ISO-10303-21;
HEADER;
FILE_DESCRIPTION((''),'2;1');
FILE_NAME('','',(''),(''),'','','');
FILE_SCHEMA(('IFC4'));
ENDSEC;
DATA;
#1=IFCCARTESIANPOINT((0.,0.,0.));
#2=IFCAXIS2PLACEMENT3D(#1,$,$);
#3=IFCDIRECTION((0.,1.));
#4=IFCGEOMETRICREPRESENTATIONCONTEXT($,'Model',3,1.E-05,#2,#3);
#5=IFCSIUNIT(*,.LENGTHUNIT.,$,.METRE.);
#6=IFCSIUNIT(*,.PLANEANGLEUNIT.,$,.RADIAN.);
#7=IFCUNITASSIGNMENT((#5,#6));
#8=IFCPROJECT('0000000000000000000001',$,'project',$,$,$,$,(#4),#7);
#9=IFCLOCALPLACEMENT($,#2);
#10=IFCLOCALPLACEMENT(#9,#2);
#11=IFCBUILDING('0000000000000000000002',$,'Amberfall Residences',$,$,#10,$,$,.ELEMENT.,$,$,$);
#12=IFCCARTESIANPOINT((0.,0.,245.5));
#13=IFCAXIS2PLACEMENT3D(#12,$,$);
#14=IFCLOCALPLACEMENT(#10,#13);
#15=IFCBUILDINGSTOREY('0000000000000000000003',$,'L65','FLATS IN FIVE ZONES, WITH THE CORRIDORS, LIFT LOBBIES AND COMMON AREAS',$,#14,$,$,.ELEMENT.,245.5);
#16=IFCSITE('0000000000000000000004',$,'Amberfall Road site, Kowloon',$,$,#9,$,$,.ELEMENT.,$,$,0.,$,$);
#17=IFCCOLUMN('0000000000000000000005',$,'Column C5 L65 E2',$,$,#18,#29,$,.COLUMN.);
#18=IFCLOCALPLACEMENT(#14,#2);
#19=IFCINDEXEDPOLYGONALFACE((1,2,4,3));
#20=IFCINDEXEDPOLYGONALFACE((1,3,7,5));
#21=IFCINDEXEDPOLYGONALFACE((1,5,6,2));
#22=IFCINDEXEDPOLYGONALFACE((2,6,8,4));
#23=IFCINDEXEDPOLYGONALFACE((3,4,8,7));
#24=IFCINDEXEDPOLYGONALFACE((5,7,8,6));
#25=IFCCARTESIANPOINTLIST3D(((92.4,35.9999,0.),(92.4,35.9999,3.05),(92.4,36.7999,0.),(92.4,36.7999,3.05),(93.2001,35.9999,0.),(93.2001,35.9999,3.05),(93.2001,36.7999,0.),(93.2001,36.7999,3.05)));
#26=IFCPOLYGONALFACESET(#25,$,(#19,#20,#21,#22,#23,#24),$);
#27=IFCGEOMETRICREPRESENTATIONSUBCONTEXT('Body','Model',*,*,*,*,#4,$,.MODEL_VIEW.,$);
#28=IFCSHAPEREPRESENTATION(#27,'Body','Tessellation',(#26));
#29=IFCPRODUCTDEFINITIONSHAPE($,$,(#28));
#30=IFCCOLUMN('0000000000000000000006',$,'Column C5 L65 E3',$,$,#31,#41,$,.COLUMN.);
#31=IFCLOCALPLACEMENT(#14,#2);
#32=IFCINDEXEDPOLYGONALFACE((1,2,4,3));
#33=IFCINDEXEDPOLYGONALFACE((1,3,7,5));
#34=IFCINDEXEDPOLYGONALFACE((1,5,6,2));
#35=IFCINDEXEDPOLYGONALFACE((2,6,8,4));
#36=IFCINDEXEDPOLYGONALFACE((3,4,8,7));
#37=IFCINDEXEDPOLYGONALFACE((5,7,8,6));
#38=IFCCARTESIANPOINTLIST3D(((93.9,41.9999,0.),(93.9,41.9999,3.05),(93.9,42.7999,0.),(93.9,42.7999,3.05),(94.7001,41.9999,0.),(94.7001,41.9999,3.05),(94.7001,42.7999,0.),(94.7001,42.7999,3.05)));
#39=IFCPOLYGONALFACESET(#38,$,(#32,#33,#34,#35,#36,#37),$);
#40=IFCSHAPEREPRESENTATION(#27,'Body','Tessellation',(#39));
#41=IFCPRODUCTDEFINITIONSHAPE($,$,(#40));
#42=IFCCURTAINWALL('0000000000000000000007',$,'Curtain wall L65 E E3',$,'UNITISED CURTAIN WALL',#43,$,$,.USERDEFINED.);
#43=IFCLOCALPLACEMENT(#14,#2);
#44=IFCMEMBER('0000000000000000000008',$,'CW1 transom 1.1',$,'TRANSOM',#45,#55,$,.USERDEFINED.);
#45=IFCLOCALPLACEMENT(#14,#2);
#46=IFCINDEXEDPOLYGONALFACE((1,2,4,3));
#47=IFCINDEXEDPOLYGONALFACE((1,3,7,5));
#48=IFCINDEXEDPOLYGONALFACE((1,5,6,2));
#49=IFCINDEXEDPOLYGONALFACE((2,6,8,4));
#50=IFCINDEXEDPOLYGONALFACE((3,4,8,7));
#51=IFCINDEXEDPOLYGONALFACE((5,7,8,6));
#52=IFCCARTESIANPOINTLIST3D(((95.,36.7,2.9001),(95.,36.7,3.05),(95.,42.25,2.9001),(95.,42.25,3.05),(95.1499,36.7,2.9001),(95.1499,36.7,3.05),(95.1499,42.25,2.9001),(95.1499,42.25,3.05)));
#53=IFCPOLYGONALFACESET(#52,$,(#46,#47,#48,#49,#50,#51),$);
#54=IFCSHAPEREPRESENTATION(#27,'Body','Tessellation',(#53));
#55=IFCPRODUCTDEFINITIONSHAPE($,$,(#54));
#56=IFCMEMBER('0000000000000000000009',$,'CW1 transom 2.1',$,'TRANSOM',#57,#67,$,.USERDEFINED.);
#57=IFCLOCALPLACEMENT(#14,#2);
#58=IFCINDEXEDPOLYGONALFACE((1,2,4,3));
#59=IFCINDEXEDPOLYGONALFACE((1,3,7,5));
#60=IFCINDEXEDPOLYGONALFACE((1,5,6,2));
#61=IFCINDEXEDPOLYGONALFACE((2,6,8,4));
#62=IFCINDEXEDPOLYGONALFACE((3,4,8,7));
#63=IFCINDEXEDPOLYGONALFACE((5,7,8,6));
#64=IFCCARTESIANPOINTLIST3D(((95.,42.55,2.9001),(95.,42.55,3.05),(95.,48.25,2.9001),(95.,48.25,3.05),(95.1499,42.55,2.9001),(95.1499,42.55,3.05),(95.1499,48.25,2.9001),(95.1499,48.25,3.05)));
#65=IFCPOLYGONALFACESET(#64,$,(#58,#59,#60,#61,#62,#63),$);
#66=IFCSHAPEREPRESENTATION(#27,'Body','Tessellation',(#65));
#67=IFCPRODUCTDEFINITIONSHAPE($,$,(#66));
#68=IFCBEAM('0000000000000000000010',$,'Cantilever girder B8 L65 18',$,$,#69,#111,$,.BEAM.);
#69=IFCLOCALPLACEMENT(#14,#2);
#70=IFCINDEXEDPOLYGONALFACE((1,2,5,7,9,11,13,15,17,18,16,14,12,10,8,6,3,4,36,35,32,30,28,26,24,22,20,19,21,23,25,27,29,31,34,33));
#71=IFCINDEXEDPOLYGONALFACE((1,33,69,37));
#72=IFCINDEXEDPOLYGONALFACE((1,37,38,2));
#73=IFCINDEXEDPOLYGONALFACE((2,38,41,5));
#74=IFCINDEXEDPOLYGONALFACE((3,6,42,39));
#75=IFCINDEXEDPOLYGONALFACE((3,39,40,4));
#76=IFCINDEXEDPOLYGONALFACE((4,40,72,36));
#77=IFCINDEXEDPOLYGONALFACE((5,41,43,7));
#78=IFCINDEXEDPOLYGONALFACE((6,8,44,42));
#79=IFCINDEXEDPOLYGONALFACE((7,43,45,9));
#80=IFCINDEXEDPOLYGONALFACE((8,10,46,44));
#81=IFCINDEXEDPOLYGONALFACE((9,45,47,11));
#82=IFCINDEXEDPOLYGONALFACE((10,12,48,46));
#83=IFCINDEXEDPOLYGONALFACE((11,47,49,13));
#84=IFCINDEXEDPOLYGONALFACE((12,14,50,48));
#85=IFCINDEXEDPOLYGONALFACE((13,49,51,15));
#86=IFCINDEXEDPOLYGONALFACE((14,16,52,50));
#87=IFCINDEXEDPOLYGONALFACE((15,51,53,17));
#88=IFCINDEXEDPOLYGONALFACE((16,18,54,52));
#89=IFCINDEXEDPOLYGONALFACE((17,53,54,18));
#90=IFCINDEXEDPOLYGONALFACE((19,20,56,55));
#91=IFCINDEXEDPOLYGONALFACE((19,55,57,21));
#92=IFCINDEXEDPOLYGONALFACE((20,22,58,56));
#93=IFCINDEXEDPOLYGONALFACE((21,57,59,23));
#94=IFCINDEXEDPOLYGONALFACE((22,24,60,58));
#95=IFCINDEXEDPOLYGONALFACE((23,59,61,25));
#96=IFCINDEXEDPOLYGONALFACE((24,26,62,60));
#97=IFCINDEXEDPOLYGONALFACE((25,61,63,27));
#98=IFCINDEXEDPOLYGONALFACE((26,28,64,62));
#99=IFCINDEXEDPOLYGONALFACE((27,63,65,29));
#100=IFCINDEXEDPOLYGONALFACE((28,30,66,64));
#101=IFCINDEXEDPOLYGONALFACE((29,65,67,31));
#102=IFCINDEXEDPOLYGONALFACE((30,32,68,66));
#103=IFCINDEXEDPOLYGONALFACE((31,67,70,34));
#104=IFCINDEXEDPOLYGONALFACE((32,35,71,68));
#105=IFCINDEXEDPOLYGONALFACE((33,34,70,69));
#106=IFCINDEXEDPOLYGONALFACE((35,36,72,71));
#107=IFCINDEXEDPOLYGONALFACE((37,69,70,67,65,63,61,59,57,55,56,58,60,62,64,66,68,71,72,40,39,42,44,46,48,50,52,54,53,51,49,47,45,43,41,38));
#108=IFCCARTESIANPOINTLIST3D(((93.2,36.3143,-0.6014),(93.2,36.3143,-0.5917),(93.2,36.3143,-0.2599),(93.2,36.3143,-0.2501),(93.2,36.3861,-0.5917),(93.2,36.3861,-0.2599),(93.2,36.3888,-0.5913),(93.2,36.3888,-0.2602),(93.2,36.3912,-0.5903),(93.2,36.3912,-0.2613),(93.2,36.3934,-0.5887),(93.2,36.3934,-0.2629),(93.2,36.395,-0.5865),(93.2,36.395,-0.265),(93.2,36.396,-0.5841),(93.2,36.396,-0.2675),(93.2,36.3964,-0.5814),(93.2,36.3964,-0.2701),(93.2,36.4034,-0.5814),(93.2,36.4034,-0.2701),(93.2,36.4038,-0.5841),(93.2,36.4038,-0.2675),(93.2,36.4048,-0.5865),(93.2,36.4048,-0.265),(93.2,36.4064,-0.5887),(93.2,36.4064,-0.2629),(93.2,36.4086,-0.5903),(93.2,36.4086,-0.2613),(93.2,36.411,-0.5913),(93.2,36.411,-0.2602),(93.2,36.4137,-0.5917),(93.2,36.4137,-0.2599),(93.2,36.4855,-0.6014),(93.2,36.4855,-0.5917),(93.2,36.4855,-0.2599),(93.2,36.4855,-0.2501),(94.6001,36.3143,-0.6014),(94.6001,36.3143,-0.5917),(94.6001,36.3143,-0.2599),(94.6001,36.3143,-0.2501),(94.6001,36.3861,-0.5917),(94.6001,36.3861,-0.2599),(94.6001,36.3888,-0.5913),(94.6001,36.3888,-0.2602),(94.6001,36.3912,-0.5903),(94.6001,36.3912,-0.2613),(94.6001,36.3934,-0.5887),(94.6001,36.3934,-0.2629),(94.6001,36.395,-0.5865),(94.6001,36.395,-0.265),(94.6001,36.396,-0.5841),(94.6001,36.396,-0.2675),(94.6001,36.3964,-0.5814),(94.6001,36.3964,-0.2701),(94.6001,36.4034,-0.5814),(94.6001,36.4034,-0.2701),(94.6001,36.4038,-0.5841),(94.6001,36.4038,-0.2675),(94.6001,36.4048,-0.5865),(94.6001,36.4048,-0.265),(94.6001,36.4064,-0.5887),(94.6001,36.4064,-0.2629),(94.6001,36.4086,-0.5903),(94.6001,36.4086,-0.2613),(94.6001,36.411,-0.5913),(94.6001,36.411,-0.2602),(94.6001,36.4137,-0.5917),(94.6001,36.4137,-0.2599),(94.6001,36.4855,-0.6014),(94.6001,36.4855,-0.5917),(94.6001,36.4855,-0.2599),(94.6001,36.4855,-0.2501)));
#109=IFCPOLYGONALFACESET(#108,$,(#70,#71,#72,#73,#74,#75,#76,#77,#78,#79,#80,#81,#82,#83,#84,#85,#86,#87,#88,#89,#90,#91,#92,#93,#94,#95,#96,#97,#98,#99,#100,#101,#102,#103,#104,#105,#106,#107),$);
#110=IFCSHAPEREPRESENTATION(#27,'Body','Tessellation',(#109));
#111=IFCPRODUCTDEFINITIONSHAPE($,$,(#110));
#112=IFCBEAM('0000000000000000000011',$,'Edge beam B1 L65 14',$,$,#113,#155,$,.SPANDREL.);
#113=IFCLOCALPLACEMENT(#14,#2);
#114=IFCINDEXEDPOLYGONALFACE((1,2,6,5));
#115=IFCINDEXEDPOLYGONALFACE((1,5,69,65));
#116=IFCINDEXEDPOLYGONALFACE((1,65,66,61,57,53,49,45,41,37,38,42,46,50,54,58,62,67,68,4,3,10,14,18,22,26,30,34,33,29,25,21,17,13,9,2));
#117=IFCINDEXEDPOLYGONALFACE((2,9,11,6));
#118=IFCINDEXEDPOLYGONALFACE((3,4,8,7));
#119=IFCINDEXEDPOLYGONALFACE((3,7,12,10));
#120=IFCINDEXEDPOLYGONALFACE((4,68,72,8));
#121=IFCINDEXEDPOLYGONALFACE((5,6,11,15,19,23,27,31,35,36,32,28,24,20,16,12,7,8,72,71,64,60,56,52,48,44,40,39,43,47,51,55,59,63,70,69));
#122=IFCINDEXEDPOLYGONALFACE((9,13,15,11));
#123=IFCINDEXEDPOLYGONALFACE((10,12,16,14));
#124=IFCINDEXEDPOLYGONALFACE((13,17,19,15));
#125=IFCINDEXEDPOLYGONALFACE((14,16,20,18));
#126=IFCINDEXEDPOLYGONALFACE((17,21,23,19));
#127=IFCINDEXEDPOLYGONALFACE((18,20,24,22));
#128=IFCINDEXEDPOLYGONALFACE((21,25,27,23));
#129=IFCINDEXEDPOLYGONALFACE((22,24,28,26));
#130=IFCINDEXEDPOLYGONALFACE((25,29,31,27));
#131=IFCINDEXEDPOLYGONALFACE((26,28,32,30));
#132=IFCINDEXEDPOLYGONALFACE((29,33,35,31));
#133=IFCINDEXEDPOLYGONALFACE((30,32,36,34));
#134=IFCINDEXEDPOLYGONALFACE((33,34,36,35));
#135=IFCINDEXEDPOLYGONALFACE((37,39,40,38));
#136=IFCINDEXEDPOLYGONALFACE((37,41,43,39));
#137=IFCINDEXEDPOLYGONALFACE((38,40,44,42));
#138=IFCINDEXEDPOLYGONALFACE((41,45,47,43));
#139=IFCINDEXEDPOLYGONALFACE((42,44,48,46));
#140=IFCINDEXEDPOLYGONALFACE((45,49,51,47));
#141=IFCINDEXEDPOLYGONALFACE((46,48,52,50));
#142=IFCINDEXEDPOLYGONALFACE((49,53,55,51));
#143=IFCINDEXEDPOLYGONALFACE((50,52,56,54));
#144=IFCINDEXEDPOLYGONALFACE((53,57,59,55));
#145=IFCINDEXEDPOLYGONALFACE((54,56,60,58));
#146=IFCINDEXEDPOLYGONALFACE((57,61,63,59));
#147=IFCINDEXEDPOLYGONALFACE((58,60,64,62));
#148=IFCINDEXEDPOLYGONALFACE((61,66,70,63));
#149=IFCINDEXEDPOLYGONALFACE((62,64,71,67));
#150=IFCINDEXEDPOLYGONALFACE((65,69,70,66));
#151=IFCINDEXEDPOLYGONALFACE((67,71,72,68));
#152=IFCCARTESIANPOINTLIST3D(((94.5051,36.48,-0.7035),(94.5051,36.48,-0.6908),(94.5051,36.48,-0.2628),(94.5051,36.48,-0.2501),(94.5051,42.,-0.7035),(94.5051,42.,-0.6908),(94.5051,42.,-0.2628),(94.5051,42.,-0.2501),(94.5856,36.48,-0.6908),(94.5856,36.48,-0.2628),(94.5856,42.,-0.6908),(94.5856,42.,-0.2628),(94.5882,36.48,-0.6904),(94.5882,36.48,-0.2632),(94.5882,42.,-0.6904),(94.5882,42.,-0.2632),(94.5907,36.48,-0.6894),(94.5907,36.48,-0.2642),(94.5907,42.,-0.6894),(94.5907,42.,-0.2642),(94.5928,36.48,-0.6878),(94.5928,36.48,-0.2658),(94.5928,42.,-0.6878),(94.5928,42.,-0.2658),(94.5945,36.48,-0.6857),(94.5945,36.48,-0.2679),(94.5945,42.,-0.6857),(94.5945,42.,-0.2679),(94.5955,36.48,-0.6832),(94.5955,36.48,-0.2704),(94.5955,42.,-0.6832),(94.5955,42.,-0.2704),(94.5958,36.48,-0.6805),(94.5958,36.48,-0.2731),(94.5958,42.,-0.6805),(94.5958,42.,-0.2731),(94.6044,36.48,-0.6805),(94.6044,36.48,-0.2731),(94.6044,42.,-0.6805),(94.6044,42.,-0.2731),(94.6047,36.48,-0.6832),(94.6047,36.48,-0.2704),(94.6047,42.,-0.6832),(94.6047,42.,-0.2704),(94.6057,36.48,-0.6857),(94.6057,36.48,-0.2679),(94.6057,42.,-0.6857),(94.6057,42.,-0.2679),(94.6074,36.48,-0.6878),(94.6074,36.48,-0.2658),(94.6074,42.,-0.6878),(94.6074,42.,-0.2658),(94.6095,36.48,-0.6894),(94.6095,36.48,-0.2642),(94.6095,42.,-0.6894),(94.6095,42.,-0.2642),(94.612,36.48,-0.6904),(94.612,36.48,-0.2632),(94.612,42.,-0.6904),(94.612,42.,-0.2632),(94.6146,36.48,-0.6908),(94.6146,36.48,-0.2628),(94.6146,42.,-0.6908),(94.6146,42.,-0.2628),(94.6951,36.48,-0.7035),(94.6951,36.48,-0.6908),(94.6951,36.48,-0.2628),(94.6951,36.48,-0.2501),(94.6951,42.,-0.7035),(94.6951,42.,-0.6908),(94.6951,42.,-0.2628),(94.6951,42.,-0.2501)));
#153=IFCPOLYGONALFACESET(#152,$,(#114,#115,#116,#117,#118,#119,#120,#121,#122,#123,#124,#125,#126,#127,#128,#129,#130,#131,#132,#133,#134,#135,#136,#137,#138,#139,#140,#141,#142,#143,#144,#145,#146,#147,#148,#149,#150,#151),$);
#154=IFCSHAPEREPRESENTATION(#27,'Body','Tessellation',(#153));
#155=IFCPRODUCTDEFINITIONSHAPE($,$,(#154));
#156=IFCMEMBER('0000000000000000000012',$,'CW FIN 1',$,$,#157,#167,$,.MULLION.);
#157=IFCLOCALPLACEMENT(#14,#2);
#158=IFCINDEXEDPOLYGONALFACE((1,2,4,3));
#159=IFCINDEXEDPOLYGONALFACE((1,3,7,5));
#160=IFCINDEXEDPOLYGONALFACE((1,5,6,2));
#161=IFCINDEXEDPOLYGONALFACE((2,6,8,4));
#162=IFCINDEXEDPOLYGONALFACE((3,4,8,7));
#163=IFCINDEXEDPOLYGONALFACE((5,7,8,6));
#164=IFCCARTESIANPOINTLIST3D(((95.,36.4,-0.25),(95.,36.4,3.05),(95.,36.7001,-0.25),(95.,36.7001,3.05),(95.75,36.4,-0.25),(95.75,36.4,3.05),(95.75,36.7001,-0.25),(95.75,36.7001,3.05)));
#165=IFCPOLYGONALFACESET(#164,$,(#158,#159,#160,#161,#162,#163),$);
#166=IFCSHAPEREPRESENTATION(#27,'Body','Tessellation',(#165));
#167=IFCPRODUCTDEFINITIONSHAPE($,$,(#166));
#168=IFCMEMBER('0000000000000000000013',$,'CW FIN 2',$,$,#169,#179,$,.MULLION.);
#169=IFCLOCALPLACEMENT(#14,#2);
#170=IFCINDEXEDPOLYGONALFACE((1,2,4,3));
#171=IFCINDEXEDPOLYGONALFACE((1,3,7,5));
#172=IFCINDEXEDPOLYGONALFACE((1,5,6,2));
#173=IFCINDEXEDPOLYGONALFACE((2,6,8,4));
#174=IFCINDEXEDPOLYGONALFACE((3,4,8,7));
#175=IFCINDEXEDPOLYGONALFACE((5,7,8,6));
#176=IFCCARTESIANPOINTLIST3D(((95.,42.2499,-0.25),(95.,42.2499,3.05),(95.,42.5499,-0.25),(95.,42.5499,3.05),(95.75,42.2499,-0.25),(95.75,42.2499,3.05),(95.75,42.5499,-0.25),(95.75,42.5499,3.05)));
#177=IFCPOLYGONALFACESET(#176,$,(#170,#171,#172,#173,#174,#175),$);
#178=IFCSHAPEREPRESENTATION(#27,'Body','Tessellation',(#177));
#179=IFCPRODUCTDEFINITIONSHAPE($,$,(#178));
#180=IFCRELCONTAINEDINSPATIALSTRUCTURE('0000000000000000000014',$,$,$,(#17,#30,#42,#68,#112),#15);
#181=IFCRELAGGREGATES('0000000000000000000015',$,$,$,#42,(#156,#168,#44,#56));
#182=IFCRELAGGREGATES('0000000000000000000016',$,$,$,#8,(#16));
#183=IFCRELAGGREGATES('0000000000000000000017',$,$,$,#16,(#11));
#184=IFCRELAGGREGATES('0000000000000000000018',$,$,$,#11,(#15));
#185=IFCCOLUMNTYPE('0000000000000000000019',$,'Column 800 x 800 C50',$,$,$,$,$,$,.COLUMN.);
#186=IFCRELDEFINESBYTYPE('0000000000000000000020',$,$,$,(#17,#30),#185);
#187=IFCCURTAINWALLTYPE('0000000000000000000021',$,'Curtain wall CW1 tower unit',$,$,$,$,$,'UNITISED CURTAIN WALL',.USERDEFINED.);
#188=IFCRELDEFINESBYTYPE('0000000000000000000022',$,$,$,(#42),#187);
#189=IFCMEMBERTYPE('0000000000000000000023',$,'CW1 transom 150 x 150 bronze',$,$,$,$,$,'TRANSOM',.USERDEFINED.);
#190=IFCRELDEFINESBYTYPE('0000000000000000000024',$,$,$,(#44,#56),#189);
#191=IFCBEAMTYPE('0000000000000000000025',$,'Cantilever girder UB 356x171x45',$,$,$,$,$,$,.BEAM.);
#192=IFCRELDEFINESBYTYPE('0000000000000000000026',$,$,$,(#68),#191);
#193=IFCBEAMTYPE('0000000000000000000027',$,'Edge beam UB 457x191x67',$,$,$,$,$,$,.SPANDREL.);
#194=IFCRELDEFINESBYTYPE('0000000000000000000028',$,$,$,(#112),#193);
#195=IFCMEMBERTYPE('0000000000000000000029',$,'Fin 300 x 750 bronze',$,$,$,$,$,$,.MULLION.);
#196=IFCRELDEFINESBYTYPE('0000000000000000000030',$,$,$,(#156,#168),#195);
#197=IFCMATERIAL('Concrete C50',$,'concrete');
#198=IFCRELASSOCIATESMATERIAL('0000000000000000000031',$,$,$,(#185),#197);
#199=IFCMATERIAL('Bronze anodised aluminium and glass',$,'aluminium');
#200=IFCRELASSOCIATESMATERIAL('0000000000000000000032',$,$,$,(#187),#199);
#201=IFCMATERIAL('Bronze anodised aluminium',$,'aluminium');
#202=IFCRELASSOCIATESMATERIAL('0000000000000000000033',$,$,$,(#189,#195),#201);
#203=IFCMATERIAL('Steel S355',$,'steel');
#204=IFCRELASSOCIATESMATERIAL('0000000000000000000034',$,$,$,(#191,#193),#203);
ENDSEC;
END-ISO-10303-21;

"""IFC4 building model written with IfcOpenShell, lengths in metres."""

from ifc_helpers import new_model, si_unit, direction, frame, origin, origin_2d, place, context, subcontext, project, spatial, rectangle, i_section, extrude, material, material_profile, profile_set, type_object, element, aggregate, save


model = new_model("IFC4")

# Units and contexts
model_context = context("Model", 3, precision=1e-05, world=origin(), true_north=direction((0.0, 1.0)))
body_context = subcontext(model_context, "Body", "Model", "MODEL_VIEW")
ifc_project = project(units=[si_unit("LENGTHUNIT", "METRE"), si_unit("PLANEANGLEUNIT", "RADIAN")], contexts=[model_context])

# Site, building, storey
site_placement = place(None, origin())
site = spatial("IfcSite", under=ifc_project, at=site_placement, Name="Amberfall Road site, Kowloon", CompositionType="ELEMENT", RefElevation=0.0)
building_placement = place(site_placement, origin())
building = spatial("IfcBuilding", under=site, at=building_placement, Name="Amberfall Residences", CompositionType="ELEMENT")
storey_placement = place(building_placement, frame((0.0, 0.0, 245.5)))
storey = spatial("IfcBuildingStorey", under=building, at=storey_placement, Name="L65", Description="FLATS IN FIVE ZONES, WITH THE CORRIDORS, LIFT LOBBIES AND COMMON AREAS", CompositionType="ELEMENT", Elevation=245.5)

# Columns
ifc_material_1 = material(Name="Concrete C50", Category="concrete")
ifc_material_profile_1 = material_profile(ifc_material_1, rectangle(XDim=0.8, YDim=0.8, at=origin_2d()), Name="Column 800 x 800 C50")
ifc_profile_set_1 = profile_set([ifc_material_profile_1], Name="Concrete C50")
column_type = type_object("IfcColumnType", Name="Column 800 x 800 C50", PredefinedType="COLUMN", material=ifc_profile_set_1)
for number, where, z_axis, x_axis, name in (
    (1, (92.8, 36.3999, 0.0), (0.0, 0.0, 1.0), (1.0, 0.0, 0.0), "Column C5 L65 E2"),
    (2, (94.3, 42.3999, 0.0), (0.0, 0.0, 1.0), (1.0, 0.0, 0.0), "Column C5 L65 E3"),
):
    element("IfcColumn", number, at=place(storey_placement, frame(where, z_axis=z_axis, x_axis=x_axis)), inside=storey, type_object=column_type, Name=name, PredefinedType="COLUMN", context=body_context, shape_type="SweptSolid", body=[
        extrude(rectangle(XDim=0.8, YDim=0.8, at=origin_2d()), origin(), (0.0, 0.0, 1.0), 3.05),
    ])

# Curtain wall, members
ifc_material_2 = material(Name="Bronze anodised aluminium and glass", Category="aluminium")
curtain_wall_type = type_object("IfcCurtainWallType", Name="Curtain wall CW1 tower unit", ElementType="UNITISED CURTAIN WALL", PredefinedType="USERDEFINED", material=ifc_material_2)
curtain_wall_placement = place(storey_placement, origin())
curtain_wall = element("IfcCurtainWall", 3, at=curtain_wall_placement, inside=storey, type_object=curtain_wall_type, Name="Curtain wall L65 E E3", ObjectType="UNITISED CURTAIN WALL", PredefinedType="USERDEFINED")
ifc_material_3 = material(Name="Bronze anodised aluminium", Category="aluminium")
ifc_material_profile_2 = material_profile(ifc_material_3, rectangle(XDim=0.1499, YDim=0.1499, at=origin_2d()), Name="CW1 transom 150 x 150 bronze")
ifc_profile_set_2 = profile_set([ifc_material_profile_2], Name="Bronze anodised aluminium")
member_type_1 = type_object("IfcMemberType", Name="CW1 transom 150 x 150 bronze", ElementType="TRANSOM", PredefinedType="USERDEFINED", material=ifc_profile_set_2)
member_1_placement = place(storey_placement, frame((95.075, 36.7, 2.9751), z_axis=(0.0, 1.0, 0.0), x_axis=(-1.0, 0.0, 0.0)))
member_1 = element("IfcMember", 4, at=member_1_placement, type_object=member_type_1, Name="CW1 transom 1.1", ObjectType="TRANSOM", PredefinedType="USERDEFINED", context=body_context, shape_type="SweptSolid", body=[
    extrude(rectangle(XDim=0.1499, YDim=0.1499, at=origin_2d()), origin(), (0.0, 0.0, 1.0), 5.55),
])
member_2_placement = place(storey_placement, frame((95.075, 42.55, 2.9751), z_axis=(0.0, 1.0, 0.0), x_axis=(-1.0, 0.0, 0.0)))
member_2 = element("IfcMember", 5, at=member_2_placement, type_object=member_type_1, Name="CW1 transom 2.1", ObjectType="TRANSOM", PredefinedType="USERDEFINED", context=body_context, shape_type="SweptSolid", body=[
    extrude(rectangle(XDim=0.1499, YDim=0.1499, at=origin_2d()), origin(), (0.0, 0.0, 1.0), 5.7),
])

# Beams
ifc_material_4 = material(Name="Steel S355", Category="steel")
ifc_material_profile_3 = material_profile(ifc_material_4, i_section(OverallWidth=0.1711, OverallDepth=0.3513, WebThickness=0.0071, FlangeThickness=0.0098, FilletRadius=0.0103, at=origin_2d()), Name="UB 356x171x45")
ifc_profile_set_3 = profile_set([ifc_material_profile_3], Name="Steel S355")
beam_type_1 = type_object("IfcBeamType", Name="Cantilever girder UB 356x171x45", PredefinedType="BEAM", material=ifc_profile_set_3)
beam_1_placement = place(storey_placement, frame((93.2, 36.3999, -0.4258), z_axis=(1.0, 0.0, 0.0), x_axis=(0.0, 1.0, 0.0)))
element("IfcBeam", 6, at=beam_1_placement, inside=storey, type_object=beam_type_1, Name="Cantilever girder B8 L65 18", PredefinedType="BEAM", context=body_context, shape_type="SweptSolid", body=[
    extrude(i_section(OverallWidth=0.1711, OverallDepth=0.3513, WebThickness=0.0071, FlangeThickness=0.0098, FilletRadius=0.0103, at=origin_2d()), origin(), (0.0, 0.0, 1.0), 1.4001),
])
ifc_material_profile_4 = material_profile(ifc_material_4, i_section(OverallWidth=0.1899, OverallDepth=0.4534, WebThickness=0.0085, FlangeThickness=0.0127, FilletRadius=0.0103, at=origin_2d()), Name="UB 457x191x67")
ifc_profile_set_4 = profile_set([ifc_material_profile_4], Name="Steel S355")
beam_type_2 = type_object("IfcBeamType", Name="Edge beam UB 457x191x67", PredefinedType="SPANDREL", material=ifc_profile_set_4)
beam_2_placement = place(storey_placement, frame((94.6001, 36.48, -0.4768), z_axis=(0.0, 1.0, 0.0), x_axis=(-1.0, 0.0, 0.0)))
element("IfcBeam", 7, at=beam_2_placement, inside=storey, type_object=beam_type_2, Name="Edge beam B1 L65 14", PredefinedType="SPANDREL", context=body_context, shape_type="SweptSolid", body=[
    extrude(i_section(OverallWidth=0.1899, OverallDepth=0.4534, WebThickness=0.0085, FlangeThickness=0.0127, FilletRadius=0.0103, at=origin_2d()), origin(), (0.0, 0.0, 1.0), 5.52),
])

# Members
ifc_material_profile_5 = material_profile(ifc_material_3, rectangle(XDim=0.75, YDim=0.3, at=origin_2d()), Name="Fin 300 x 750 bronze")
ifc_profile_set_5 = profile_set([ifc_material_profile_5], Name="Bronze anodised aluminium")
member_type_2 = type_object("IfcMemberType", Name="Fin 300 x 750 bronze", PredefinedType="MULLION", material=ifc_profile_set_5)
member_3_placement = place(storey_placement, frame((95.375, 36.55, -0.25), z_axis=(0.0, 0.0, 1.0), x_axis=(-1.0, 0.0, 0.0)))
member_3 = element("IfcMember", 8, at=member_3_placement, type_object=member_type_2, Name="CW FIN 1", PredefinedType="MULLION", context=body_context, shape_type="SweptSolid", body=[
    extrude(rectangle(XDim=0.75, YDim=0.3, at=origin_2d()), origin(), (0.0, 0.0, 1.0), 3.3),
])
member_4_placement = place(storey_placement, frame((95.375, 42.3999, -0.25), z_axis=(0.0, 0.0, 1.0), x_axis=(-1.0, 0.0, 0.0)))
member_4 = element("IfcMember", 9, at=member_4_placement, type_object=member_type_2, Name="CW FIN 2", PredefinedType="MULLION", context=body_context, shape_type="SweptSolid", body=[
    extrude(rectangle(XDim=0.75, YDim=0.3, at=origin_2d()), origin(), (0.0, 0.0, 1.0), 3.3),
])

aggregate(curtain_wall, [member_3, member_4, member_1, member_2])

save(model, "model.ifc")
